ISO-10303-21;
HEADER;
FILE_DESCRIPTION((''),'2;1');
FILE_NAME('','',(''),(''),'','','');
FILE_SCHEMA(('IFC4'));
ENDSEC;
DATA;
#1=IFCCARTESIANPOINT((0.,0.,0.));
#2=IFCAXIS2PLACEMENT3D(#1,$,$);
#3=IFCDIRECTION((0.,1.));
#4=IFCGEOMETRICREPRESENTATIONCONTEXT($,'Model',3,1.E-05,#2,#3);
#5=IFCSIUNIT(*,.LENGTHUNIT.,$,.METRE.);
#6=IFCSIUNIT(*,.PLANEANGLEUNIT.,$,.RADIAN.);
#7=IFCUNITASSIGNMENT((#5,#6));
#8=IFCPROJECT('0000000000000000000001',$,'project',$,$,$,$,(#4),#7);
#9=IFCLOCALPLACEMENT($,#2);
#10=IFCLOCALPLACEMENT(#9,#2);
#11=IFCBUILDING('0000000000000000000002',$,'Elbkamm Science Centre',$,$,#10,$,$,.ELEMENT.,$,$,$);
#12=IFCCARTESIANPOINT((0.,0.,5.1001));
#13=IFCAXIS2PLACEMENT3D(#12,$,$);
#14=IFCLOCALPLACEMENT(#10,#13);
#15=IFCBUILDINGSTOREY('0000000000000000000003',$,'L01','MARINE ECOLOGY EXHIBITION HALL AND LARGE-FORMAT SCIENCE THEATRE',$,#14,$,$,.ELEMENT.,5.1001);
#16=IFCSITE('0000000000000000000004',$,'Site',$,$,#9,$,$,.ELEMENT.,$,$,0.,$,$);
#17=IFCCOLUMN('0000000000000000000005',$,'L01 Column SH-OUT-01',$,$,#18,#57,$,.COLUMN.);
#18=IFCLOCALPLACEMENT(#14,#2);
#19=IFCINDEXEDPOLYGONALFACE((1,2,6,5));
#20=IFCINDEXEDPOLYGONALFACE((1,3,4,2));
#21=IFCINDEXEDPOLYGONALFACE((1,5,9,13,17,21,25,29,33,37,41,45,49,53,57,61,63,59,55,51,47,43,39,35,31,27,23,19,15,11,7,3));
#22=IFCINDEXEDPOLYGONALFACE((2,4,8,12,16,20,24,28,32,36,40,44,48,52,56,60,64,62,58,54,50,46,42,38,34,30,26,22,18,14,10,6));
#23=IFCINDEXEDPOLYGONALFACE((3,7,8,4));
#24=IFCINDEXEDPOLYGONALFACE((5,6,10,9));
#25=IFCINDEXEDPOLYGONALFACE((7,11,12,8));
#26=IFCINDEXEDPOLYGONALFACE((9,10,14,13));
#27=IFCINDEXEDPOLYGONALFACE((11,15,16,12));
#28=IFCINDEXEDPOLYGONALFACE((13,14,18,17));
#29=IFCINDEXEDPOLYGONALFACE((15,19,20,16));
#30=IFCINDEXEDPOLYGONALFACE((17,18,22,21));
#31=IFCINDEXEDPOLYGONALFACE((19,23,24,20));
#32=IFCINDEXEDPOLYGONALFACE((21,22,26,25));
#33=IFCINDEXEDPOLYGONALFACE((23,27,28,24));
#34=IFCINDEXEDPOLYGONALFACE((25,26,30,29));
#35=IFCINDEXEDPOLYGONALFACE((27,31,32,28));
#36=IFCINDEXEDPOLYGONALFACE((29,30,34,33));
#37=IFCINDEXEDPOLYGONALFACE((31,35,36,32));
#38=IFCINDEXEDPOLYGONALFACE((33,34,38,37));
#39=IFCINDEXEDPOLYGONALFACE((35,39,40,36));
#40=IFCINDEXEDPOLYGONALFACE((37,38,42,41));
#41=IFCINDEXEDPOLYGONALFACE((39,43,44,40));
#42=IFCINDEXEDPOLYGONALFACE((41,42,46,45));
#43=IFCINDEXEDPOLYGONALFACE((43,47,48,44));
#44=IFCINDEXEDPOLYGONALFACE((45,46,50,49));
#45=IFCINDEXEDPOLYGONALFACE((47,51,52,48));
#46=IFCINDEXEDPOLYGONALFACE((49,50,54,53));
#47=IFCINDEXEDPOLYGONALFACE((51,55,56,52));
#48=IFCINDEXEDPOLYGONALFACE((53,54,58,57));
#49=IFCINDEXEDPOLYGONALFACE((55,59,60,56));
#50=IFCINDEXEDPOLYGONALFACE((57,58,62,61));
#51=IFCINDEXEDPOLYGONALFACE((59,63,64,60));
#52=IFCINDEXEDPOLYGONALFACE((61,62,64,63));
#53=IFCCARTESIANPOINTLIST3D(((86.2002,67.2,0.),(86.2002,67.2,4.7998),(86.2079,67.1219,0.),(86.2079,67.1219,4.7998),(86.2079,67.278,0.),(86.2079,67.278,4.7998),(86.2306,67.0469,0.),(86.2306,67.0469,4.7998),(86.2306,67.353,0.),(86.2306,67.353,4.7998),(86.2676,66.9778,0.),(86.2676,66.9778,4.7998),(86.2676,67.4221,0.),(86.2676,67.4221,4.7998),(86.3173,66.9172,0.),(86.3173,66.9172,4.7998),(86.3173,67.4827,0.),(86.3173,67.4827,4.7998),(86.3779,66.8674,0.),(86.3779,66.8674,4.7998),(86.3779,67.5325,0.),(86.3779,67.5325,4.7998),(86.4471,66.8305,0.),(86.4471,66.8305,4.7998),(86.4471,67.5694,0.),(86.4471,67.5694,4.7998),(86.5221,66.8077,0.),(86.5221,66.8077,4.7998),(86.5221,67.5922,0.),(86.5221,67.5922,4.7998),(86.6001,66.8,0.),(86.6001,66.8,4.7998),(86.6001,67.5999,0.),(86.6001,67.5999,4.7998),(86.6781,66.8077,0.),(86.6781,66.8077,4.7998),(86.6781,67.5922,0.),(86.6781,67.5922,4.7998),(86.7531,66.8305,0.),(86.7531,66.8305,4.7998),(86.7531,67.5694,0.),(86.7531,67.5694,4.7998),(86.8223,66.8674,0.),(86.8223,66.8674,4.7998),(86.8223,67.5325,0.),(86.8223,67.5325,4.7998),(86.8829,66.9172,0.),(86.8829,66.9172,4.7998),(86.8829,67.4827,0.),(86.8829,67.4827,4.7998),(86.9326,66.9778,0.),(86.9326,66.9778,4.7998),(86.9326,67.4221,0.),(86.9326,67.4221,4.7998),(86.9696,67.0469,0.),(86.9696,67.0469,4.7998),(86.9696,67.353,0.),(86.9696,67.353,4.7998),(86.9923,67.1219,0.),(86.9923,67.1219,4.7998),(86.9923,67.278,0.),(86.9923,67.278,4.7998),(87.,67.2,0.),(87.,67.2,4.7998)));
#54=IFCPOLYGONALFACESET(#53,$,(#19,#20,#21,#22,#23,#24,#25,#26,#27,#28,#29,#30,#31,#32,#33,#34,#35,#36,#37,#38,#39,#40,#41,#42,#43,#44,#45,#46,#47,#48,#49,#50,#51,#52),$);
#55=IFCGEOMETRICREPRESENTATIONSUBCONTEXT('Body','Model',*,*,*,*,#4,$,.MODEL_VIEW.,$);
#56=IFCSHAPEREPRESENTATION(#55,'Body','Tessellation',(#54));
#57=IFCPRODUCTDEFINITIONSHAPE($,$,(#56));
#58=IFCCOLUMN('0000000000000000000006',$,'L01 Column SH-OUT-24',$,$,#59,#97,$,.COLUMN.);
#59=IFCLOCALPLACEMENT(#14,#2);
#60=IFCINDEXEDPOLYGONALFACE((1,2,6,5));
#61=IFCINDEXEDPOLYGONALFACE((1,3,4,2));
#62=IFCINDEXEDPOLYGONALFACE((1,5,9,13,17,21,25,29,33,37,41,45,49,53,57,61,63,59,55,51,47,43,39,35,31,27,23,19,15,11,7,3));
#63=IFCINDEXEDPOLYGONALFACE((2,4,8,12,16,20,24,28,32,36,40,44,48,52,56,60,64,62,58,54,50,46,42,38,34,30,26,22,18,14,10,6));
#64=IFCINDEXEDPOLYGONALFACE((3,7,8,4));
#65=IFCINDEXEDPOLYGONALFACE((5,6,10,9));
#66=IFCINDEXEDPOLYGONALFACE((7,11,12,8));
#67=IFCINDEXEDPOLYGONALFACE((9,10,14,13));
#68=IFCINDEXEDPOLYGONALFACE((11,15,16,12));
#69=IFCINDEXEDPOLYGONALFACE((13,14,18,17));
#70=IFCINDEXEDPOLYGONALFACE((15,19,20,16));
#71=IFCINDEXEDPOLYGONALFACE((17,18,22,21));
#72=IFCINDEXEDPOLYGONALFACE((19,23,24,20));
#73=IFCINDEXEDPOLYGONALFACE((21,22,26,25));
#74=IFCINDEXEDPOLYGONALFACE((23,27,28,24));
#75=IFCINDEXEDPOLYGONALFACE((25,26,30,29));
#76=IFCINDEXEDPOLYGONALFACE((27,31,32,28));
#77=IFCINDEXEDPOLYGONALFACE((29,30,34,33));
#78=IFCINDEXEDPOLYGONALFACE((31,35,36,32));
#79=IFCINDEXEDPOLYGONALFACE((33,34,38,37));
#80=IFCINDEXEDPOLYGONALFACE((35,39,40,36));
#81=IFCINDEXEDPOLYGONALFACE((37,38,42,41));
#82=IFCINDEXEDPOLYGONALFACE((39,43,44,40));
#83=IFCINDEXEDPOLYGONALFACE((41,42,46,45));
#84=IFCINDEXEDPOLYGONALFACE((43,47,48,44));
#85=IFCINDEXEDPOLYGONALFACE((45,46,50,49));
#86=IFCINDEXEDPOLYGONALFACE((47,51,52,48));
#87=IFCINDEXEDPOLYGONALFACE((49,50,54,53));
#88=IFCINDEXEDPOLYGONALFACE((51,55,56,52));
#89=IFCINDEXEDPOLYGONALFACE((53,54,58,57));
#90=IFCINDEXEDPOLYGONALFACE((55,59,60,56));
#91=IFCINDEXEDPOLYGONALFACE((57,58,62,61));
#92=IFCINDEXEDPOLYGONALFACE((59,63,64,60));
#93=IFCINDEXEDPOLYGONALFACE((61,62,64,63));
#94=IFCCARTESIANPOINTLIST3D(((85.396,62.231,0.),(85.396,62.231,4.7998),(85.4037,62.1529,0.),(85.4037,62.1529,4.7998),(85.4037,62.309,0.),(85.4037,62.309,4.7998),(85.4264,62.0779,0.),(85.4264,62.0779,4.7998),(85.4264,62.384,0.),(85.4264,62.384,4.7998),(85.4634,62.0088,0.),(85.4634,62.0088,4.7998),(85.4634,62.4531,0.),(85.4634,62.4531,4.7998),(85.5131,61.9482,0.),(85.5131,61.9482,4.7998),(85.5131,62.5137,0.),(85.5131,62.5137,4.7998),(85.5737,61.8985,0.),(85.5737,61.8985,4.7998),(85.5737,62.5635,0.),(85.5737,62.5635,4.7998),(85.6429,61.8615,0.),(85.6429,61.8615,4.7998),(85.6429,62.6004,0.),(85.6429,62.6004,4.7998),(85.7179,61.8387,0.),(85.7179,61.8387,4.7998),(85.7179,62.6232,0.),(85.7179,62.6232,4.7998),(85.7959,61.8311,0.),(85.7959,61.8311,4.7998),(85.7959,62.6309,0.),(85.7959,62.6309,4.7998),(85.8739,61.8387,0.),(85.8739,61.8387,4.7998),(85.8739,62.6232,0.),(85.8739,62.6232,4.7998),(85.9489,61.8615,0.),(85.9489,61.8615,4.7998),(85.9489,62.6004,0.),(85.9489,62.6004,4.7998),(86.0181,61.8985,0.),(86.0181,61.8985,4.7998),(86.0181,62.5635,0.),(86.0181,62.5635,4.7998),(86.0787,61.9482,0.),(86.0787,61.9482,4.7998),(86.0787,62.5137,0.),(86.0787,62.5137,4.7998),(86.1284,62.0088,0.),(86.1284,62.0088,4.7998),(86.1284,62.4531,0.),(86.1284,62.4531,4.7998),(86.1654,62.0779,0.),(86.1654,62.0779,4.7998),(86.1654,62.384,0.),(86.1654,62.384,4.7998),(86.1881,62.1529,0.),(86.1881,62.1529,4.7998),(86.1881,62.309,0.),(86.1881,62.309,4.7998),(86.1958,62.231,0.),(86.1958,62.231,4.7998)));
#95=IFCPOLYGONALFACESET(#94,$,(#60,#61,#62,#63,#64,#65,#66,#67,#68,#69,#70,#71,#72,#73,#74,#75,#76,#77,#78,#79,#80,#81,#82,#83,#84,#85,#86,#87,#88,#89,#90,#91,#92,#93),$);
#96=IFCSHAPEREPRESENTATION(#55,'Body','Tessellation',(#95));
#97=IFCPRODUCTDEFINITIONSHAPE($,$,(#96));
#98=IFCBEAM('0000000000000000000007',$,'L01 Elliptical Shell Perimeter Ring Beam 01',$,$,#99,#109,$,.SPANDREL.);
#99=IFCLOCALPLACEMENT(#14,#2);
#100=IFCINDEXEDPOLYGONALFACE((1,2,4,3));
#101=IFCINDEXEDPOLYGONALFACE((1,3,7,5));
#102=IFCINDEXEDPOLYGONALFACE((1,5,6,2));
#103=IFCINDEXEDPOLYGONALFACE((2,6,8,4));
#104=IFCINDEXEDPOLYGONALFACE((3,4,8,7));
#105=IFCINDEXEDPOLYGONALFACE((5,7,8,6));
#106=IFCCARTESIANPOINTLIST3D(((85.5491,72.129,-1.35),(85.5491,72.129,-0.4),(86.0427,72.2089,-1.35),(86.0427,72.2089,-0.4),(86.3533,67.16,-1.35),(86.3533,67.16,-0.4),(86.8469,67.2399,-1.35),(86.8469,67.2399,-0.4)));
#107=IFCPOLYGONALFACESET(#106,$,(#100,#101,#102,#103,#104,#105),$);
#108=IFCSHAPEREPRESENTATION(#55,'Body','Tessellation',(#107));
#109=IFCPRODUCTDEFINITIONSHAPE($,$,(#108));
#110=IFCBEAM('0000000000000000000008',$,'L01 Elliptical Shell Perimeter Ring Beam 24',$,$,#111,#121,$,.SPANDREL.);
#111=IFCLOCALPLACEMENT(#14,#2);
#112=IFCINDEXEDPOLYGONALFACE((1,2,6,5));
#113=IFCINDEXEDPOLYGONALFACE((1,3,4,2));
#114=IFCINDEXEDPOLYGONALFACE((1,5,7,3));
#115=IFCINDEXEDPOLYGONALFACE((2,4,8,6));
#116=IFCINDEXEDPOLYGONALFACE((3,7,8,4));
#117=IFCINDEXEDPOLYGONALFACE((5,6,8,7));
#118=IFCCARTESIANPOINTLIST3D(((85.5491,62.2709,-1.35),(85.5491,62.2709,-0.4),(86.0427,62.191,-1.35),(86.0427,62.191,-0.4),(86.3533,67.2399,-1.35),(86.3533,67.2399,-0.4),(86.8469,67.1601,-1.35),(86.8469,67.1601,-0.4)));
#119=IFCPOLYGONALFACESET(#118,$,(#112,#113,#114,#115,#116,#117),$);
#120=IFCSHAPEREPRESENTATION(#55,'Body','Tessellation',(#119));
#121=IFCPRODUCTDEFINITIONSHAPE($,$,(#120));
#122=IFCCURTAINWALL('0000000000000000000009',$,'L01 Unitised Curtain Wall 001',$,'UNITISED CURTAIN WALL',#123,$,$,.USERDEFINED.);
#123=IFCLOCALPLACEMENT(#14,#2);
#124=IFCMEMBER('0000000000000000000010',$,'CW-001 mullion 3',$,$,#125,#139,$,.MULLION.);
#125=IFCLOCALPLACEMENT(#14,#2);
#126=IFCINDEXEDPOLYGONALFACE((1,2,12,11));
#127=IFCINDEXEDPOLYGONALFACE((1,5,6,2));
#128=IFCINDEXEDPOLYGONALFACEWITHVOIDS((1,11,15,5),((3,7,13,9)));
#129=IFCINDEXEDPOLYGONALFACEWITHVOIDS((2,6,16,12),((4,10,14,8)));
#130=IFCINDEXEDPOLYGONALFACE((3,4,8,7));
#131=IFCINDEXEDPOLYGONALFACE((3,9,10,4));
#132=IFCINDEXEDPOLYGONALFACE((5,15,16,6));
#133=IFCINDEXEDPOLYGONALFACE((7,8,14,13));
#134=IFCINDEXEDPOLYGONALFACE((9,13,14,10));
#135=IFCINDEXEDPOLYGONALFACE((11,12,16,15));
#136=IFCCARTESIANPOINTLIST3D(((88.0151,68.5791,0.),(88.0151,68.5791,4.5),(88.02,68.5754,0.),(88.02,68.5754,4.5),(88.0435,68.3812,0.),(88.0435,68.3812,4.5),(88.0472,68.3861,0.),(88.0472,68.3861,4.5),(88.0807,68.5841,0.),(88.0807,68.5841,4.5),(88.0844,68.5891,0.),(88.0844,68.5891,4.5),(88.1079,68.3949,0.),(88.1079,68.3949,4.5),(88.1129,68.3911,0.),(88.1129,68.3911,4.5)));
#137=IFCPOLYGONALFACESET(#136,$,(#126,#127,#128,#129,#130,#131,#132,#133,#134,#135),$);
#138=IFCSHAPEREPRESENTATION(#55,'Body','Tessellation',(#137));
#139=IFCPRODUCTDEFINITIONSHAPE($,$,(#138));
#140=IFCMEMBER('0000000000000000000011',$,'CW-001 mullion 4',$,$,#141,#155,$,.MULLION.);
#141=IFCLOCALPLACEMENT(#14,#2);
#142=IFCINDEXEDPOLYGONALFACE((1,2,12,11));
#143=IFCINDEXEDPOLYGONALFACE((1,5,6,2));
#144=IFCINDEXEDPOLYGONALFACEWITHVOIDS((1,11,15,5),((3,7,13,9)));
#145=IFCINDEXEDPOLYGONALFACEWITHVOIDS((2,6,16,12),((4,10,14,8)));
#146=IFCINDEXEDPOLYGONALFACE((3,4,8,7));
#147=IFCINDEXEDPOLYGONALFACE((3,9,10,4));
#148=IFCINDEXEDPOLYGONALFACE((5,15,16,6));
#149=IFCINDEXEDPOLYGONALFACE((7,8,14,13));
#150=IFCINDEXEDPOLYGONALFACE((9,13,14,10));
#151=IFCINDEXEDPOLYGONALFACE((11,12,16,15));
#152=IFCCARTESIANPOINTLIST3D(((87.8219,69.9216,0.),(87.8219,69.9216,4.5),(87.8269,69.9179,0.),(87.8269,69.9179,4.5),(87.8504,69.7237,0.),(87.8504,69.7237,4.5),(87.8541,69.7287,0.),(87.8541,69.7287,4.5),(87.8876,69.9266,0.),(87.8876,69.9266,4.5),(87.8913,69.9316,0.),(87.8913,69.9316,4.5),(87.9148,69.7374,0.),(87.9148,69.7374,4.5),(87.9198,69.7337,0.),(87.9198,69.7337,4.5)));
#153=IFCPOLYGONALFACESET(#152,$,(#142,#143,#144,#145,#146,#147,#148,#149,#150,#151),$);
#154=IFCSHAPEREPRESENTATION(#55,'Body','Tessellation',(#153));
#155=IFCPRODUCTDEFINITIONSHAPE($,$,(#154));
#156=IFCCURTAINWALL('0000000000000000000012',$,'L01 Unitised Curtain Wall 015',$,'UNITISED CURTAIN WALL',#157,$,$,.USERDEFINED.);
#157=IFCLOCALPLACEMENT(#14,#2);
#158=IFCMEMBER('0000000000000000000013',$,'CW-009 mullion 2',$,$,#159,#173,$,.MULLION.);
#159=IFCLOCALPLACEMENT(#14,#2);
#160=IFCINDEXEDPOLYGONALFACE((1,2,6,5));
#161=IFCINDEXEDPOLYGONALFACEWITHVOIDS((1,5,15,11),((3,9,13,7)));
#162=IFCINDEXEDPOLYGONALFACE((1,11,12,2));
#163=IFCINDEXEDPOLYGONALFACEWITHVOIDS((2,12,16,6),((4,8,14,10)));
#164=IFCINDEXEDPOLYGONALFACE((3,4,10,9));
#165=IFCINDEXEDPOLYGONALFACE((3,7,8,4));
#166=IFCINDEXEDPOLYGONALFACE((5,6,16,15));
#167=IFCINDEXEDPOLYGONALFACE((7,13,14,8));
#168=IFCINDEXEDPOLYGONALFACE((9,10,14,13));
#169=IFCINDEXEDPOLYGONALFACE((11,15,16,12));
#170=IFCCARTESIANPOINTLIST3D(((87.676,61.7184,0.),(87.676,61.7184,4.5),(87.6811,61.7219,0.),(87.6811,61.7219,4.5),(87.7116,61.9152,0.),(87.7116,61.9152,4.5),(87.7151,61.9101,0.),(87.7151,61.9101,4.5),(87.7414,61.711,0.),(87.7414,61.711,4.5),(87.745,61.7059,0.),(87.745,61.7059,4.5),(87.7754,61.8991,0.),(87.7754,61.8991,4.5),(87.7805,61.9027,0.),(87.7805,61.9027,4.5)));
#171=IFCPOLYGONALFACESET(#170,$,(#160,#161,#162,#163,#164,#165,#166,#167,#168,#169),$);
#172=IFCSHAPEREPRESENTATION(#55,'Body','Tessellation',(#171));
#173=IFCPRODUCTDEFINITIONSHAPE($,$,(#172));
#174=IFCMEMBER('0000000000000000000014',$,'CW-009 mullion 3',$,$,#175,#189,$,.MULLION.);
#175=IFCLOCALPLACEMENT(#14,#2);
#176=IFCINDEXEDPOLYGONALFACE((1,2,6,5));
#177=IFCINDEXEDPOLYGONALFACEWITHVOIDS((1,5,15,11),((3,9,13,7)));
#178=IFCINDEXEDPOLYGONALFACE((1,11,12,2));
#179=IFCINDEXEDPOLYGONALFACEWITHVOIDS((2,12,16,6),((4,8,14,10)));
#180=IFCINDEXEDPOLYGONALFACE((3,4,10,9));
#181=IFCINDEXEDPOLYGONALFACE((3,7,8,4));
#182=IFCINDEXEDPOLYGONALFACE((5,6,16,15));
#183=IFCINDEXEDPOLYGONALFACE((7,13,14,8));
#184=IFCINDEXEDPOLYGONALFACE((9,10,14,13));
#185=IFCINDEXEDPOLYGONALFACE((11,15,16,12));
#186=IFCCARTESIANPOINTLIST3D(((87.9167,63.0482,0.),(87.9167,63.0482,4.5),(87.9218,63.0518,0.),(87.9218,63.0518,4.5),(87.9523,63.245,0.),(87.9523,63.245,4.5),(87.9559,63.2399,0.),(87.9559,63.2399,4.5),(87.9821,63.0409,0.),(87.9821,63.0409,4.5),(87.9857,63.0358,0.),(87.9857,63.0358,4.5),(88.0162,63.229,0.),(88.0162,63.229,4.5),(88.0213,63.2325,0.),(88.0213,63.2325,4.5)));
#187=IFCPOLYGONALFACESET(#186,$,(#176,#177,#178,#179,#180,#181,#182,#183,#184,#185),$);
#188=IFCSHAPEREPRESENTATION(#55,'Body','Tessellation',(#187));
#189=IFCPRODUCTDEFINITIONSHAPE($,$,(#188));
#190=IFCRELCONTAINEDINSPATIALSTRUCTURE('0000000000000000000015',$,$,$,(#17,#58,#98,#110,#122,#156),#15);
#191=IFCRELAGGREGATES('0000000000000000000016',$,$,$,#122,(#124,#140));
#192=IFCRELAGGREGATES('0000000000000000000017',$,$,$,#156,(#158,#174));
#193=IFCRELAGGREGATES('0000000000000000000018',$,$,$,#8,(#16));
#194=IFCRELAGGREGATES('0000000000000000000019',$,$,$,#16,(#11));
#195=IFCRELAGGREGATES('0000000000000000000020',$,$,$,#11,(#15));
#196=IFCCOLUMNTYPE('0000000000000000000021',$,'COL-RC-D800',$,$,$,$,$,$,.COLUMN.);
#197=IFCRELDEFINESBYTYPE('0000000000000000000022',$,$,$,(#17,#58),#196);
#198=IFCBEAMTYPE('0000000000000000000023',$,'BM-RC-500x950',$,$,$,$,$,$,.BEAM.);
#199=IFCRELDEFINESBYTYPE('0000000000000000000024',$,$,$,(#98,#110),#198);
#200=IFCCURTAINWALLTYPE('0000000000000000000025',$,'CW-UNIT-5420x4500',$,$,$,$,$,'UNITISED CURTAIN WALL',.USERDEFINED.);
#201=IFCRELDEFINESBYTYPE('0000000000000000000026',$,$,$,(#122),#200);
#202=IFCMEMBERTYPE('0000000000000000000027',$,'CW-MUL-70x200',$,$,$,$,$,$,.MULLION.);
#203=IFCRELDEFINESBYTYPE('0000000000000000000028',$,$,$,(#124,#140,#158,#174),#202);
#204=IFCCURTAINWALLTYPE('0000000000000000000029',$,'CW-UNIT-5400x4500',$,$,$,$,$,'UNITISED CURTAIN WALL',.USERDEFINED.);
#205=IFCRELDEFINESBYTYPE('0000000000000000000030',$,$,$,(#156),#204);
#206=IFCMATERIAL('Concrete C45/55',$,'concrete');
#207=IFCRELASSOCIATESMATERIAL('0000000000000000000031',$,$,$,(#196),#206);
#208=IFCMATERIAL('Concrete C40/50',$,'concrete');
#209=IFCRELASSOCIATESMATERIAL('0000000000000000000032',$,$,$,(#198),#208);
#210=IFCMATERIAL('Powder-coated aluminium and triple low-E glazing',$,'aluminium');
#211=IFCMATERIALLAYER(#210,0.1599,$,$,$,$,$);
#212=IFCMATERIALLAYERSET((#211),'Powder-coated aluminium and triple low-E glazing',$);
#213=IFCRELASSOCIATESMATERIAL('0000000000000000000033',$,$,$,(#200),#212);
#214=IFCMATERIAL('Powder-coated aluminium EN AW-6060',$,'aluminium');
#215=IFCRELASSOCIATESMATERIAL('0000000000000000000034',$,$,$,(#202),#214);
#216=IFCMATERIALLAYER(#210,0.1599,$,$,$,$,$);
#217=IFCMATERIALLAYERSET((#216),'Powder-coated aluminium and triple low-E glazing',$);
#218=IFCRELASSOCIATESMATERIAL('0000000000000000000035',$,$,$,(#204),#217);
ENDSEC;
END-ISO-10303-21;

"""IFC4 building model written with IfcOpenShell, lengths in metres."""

from ifc_helpers import new_model, si_unit, direction, frame, origin, origin_2d, place, context, subcontext, project, spatial, rectangle, hollow_rectangle, circle, extrude, material, layer, layer_set, material_profile, profile_set, type_object, element, aggregate, save


model = new_model("IFC4")

# Units and contexts
model_context = context("Model", 3, precision=1e-05, world=origin(), true_north=direction((0.0, 1.0)))
body_context = subcontext(model_context, "Body", "Model", "MODEL_VIEW")
ifc_project = project(units=[si_unit("LENGTHUNIT", "METRE"), si_unit("PLANEANGLEUNIT", "RADIAN")], contexts=[model_context])

# Site, building, storey
site_placement = place(None, origin())
site = spatial("IfcSite", under=ifc_project, at=site_placement, Name="Site", CompositionType="ELEMENT", RefElevation=0.0)
building_placement = place(site_placement, origin())
building = spatial("IfcBuilding", under=site, at=building_placement, Name="Elbkamm Science Centre", CompositionType="ELEMENT")
storey_placement = place(building_placement, frame((0.0, 0.0, 5.1001)))
storey = spatial("IfcBuildingStorey", under=building, at=storey_placement, Name="L01", Description="MARINE ECOLOGY EXHIBITION HALL AND LARGE-FORMAT SCIENCE THEATRE", CompositionType="ELEMENT", Elevation=5.1001)

# Columns
ifc_material_1 = material(Name="Concrete C45/55", Category="concrete")
ifc_material_profile_1 = material_profile(ifc_material_1, circle(Radius=0.3999, at=origin_2d()), Name="RC D800")
ifc_profile_set_1 = profile_set([ifc_material_profile_1], Name="Concrete C45/55")
column_type = type_object("IfcColumnType", Name="COL-RC-D800", PredefinedType="COLUMN", material=ifc_profile_set_1)
for number, where, z_axis, x_axis, name in (
    (1, (86.6001, 67.2, 0.0), (0.0, 0.0, 1.0), (1.0, 0.0, 0.0), "L01 Column SH-OUT-01"),
    (2, (85.7959, 62.231, 0.0), (0.0, 0.0, 1.0), (1.0, 0.0, 0.0), "L01 Column SH-OUT-24"),
):
    element("IfcColumn", number, at=place(storey_placement, frame(where, z_axis=z_axis, x_axis=x_axis)), inside=storey, type_object=column_type, Name=name, PredefinedType="COLUMN", context=body_context, shape_type="SweptSolid", body=[
        extrude(circle(Radius=0.3999, at=origin_2d()), origin(), (0.0, 0.0, 1.0), 4.7998),
    ])

# Beams
ifc_material_2 = material(Name="Concrete C40/50", Category="concrete")
ifc_material_profile_2 = material_profile(ifc_material_2, rectangle(XDim=0.5, YDim=0.95, at=origin_2d()), Name="RC 500x950")
ifc_profile_set_2 = profile_set([ifc_material_profile_2], Name="Concrete C40/50")
beam_type = type_object("IfcBeamType", Name="BM-RC-500x950", PredefinedType="BEAM", material=ifc_profile_set_2)
for number, where, z_axis, x_axis, name in (
    (3, (86.6001, 67.2, -0.875), (-0.159765, 0.987155, 0.0), (-0.987155, -0.159765, 0.0), "L01 Elliptical Shell Perimeter Ring Beam 01"),
    (4, (85.7959, 62.231, -0.875), (0.159765, 0.987155, 0.0), (-0.987155, 0.159765, 0.0), "L01 Elliptical Shell Perimeter Ring Beam 24"),
):
    element("IfcBeam", number, at=place(storey_placement, frame(where, z_axis=z_axis, x_axis=x_axis)), inside=storey, type_object=beam_type, Name=name, PredefinedType="SPANDREL", context=body_context, shape_type="SweptSolid", body=[
        extrude(rectangle(XDim=0.5, YDim=0.95, at=origin_2d()), origin(), (0.0, 0.0, 1.0), 5.0337),
    ])

# Curtain walls, members
ifc_material_3 = material(Name="Powder-coated aluminium and triple low-E glazing", Category="aluminium")
ifc_layer_1 = layer(ifc_material_3, 0.1599)
ifc_layer_set_1 = layer_set([ifc_layer_1], Name="Powder-coated aluminium and triple low-E glazing")
curtain_wall_type_1 = type_object("IfcCurtainWallType", Name="CW-UNIT-5420x4500", ElementType="UNITISED CURTAIN WALL", PredefinedType="USERDEFINED", material=ifc_layer_set_1)
curtain_wall_1_placement = place(storey_placement, origin())
curtain_wall_1 = element("IfcCurtainWall", 5, at=curtain_wall_1_placement, inside=storey, type_object=curtain_wall_type_1, Name="L01 Unitised Curtain Wall 001", ObjectType="UNITISED CURTAIN WALL", PredefinedType="USERDEFINED")
ifc_material_4 = material(Name="Powder-coated aluminium EN AW-6060", Category="aluminium")
ifc_material_profile_3 = material_profile(ifc_material_4, hollow_rectangle(XDim=0.0701, YDim=0.2, WallThickness=0.0044, at=origin_2d()), Name="ALU M70x200")
ifc_profile_set_3 = profile_set([ifc_material_profile_3], Name="Powder-coated aluminium EN AW-6060")
member_type_1 = type_object("IfcMemberType", Name="CW-MUL-70x200", PredefinedType="MULLION", material=ifc_profile_set_3)
member_1_placement = place(storey_placement, frame((88.064, 68.4851, 0.0), z_axis=(0.0, 0.0, 1.0), x_axis=(-0.989819, -0.142332, 0.0)))
member_1 = element("IfcMember", 6, at=member_1_placement, type_object=member_type_1, Name="CW-001 mullion 3", PredefinedType="MULLION", context=body_context, shape_type="SweptSolid", body=[
    extrude(hollow_rectangle(XDim=0.0701, YDim=0.2, WallThickness=0.0044, at=origin_2d()), origin(), (0.0, 0.0, 1.0), 4.5),
])
member_2_placement = place(storey_placement, frame((87.8708, 69.8276, 0.0), z_axis=(0.0, 0.0, 1.0), x_axis=(-0.989819, -0.142332, 0.0)))
member_2 = element("IfcMember", 7, at=member_2_placement, type_object=member_type_1, Name="CW-001 mullion 4", PredefinedType="MULLION", context=body_context, shape_type="SweptSolid", body=[
    extrude(hollow_rectangle(XDim=0.0701, YDim=0.2, WallThickness=0.0044, at=origin_2d()), origin(), (0.0, 0.0, 1.0), 4.5),
])
ifc_layer_2 = layer(ifc_material_3, 0.1599)
ifc_layer_set_2 = layer_set([ifc_layer_2], Name="Powder-coated aluminium and triple low-E glazing")
curtain_wall_type_2 = type_object("IfcCurtainWallType", Name="CW-UNIT-5400x4500", ElementType="UNITISED CURTAIN WALL", PredefinedType="USERDEFINED", material=ifc_layer_set_2)
curtain_wall_2_placement = place(storey_placement, origin())
curtain_wall_2 = element("IfcCurtainWall", 8, at=curtain_wall_2_placement, inside=storey, type_object=curtain_wall_type_2, Name="L01 Unitised Curtain Wall 015", ObjectType="UNITISED CURTAIN WALL", PredefinedType="USERDEFINED")
member_3_placement = place(storey_placement, frame((87.7283, 61.8105, 0.0), z_axis=(0.0, 0.0, 1.0), x_axis=(-0.98403, 0.178003, 0.0)))
member_3 = element("IfcMember", 9, at=member_3_placement, type_object=member_type_1, Name="CW-009 mullion 2", PredefinedType="MULLION", context=body_context, shape_type="SweptSolid", body=[
    extrude(hollow_rectangle(XDim=0.0701, YDim=0.2, WallThickness=0.0044, at=origin_2d()), origin(), (0.0, 0.0, 1.0), 4.5),
])
member_4_placement = place(storey_placement, frame((87.969, 63.1404, 0.0), z_axis=(0.0, 0.0, 1.0), x_axis=(-0.98403, 0.178003, 0.0)))
member_4 = element("IfcMember", 10, at=member_4_placement, type_object=member_type_1, Name="CW-009 mullion 3", PredefinedType="MULLION", context=body_context, shape_type="SweptSolid", body=[
    extrude(hollow_rectangle(XDim=0.0701, YDim=0.2, WallThickness=0.0044, at=origin_2d()), origin(), (0.0, 0.0, 1.0), 4.5),
])

aggregate(curtain_wall_1, [member_1, member_2])
aggregate(curtain_wall_2, [member_3, member_4])

save(model, "model.ifc")
